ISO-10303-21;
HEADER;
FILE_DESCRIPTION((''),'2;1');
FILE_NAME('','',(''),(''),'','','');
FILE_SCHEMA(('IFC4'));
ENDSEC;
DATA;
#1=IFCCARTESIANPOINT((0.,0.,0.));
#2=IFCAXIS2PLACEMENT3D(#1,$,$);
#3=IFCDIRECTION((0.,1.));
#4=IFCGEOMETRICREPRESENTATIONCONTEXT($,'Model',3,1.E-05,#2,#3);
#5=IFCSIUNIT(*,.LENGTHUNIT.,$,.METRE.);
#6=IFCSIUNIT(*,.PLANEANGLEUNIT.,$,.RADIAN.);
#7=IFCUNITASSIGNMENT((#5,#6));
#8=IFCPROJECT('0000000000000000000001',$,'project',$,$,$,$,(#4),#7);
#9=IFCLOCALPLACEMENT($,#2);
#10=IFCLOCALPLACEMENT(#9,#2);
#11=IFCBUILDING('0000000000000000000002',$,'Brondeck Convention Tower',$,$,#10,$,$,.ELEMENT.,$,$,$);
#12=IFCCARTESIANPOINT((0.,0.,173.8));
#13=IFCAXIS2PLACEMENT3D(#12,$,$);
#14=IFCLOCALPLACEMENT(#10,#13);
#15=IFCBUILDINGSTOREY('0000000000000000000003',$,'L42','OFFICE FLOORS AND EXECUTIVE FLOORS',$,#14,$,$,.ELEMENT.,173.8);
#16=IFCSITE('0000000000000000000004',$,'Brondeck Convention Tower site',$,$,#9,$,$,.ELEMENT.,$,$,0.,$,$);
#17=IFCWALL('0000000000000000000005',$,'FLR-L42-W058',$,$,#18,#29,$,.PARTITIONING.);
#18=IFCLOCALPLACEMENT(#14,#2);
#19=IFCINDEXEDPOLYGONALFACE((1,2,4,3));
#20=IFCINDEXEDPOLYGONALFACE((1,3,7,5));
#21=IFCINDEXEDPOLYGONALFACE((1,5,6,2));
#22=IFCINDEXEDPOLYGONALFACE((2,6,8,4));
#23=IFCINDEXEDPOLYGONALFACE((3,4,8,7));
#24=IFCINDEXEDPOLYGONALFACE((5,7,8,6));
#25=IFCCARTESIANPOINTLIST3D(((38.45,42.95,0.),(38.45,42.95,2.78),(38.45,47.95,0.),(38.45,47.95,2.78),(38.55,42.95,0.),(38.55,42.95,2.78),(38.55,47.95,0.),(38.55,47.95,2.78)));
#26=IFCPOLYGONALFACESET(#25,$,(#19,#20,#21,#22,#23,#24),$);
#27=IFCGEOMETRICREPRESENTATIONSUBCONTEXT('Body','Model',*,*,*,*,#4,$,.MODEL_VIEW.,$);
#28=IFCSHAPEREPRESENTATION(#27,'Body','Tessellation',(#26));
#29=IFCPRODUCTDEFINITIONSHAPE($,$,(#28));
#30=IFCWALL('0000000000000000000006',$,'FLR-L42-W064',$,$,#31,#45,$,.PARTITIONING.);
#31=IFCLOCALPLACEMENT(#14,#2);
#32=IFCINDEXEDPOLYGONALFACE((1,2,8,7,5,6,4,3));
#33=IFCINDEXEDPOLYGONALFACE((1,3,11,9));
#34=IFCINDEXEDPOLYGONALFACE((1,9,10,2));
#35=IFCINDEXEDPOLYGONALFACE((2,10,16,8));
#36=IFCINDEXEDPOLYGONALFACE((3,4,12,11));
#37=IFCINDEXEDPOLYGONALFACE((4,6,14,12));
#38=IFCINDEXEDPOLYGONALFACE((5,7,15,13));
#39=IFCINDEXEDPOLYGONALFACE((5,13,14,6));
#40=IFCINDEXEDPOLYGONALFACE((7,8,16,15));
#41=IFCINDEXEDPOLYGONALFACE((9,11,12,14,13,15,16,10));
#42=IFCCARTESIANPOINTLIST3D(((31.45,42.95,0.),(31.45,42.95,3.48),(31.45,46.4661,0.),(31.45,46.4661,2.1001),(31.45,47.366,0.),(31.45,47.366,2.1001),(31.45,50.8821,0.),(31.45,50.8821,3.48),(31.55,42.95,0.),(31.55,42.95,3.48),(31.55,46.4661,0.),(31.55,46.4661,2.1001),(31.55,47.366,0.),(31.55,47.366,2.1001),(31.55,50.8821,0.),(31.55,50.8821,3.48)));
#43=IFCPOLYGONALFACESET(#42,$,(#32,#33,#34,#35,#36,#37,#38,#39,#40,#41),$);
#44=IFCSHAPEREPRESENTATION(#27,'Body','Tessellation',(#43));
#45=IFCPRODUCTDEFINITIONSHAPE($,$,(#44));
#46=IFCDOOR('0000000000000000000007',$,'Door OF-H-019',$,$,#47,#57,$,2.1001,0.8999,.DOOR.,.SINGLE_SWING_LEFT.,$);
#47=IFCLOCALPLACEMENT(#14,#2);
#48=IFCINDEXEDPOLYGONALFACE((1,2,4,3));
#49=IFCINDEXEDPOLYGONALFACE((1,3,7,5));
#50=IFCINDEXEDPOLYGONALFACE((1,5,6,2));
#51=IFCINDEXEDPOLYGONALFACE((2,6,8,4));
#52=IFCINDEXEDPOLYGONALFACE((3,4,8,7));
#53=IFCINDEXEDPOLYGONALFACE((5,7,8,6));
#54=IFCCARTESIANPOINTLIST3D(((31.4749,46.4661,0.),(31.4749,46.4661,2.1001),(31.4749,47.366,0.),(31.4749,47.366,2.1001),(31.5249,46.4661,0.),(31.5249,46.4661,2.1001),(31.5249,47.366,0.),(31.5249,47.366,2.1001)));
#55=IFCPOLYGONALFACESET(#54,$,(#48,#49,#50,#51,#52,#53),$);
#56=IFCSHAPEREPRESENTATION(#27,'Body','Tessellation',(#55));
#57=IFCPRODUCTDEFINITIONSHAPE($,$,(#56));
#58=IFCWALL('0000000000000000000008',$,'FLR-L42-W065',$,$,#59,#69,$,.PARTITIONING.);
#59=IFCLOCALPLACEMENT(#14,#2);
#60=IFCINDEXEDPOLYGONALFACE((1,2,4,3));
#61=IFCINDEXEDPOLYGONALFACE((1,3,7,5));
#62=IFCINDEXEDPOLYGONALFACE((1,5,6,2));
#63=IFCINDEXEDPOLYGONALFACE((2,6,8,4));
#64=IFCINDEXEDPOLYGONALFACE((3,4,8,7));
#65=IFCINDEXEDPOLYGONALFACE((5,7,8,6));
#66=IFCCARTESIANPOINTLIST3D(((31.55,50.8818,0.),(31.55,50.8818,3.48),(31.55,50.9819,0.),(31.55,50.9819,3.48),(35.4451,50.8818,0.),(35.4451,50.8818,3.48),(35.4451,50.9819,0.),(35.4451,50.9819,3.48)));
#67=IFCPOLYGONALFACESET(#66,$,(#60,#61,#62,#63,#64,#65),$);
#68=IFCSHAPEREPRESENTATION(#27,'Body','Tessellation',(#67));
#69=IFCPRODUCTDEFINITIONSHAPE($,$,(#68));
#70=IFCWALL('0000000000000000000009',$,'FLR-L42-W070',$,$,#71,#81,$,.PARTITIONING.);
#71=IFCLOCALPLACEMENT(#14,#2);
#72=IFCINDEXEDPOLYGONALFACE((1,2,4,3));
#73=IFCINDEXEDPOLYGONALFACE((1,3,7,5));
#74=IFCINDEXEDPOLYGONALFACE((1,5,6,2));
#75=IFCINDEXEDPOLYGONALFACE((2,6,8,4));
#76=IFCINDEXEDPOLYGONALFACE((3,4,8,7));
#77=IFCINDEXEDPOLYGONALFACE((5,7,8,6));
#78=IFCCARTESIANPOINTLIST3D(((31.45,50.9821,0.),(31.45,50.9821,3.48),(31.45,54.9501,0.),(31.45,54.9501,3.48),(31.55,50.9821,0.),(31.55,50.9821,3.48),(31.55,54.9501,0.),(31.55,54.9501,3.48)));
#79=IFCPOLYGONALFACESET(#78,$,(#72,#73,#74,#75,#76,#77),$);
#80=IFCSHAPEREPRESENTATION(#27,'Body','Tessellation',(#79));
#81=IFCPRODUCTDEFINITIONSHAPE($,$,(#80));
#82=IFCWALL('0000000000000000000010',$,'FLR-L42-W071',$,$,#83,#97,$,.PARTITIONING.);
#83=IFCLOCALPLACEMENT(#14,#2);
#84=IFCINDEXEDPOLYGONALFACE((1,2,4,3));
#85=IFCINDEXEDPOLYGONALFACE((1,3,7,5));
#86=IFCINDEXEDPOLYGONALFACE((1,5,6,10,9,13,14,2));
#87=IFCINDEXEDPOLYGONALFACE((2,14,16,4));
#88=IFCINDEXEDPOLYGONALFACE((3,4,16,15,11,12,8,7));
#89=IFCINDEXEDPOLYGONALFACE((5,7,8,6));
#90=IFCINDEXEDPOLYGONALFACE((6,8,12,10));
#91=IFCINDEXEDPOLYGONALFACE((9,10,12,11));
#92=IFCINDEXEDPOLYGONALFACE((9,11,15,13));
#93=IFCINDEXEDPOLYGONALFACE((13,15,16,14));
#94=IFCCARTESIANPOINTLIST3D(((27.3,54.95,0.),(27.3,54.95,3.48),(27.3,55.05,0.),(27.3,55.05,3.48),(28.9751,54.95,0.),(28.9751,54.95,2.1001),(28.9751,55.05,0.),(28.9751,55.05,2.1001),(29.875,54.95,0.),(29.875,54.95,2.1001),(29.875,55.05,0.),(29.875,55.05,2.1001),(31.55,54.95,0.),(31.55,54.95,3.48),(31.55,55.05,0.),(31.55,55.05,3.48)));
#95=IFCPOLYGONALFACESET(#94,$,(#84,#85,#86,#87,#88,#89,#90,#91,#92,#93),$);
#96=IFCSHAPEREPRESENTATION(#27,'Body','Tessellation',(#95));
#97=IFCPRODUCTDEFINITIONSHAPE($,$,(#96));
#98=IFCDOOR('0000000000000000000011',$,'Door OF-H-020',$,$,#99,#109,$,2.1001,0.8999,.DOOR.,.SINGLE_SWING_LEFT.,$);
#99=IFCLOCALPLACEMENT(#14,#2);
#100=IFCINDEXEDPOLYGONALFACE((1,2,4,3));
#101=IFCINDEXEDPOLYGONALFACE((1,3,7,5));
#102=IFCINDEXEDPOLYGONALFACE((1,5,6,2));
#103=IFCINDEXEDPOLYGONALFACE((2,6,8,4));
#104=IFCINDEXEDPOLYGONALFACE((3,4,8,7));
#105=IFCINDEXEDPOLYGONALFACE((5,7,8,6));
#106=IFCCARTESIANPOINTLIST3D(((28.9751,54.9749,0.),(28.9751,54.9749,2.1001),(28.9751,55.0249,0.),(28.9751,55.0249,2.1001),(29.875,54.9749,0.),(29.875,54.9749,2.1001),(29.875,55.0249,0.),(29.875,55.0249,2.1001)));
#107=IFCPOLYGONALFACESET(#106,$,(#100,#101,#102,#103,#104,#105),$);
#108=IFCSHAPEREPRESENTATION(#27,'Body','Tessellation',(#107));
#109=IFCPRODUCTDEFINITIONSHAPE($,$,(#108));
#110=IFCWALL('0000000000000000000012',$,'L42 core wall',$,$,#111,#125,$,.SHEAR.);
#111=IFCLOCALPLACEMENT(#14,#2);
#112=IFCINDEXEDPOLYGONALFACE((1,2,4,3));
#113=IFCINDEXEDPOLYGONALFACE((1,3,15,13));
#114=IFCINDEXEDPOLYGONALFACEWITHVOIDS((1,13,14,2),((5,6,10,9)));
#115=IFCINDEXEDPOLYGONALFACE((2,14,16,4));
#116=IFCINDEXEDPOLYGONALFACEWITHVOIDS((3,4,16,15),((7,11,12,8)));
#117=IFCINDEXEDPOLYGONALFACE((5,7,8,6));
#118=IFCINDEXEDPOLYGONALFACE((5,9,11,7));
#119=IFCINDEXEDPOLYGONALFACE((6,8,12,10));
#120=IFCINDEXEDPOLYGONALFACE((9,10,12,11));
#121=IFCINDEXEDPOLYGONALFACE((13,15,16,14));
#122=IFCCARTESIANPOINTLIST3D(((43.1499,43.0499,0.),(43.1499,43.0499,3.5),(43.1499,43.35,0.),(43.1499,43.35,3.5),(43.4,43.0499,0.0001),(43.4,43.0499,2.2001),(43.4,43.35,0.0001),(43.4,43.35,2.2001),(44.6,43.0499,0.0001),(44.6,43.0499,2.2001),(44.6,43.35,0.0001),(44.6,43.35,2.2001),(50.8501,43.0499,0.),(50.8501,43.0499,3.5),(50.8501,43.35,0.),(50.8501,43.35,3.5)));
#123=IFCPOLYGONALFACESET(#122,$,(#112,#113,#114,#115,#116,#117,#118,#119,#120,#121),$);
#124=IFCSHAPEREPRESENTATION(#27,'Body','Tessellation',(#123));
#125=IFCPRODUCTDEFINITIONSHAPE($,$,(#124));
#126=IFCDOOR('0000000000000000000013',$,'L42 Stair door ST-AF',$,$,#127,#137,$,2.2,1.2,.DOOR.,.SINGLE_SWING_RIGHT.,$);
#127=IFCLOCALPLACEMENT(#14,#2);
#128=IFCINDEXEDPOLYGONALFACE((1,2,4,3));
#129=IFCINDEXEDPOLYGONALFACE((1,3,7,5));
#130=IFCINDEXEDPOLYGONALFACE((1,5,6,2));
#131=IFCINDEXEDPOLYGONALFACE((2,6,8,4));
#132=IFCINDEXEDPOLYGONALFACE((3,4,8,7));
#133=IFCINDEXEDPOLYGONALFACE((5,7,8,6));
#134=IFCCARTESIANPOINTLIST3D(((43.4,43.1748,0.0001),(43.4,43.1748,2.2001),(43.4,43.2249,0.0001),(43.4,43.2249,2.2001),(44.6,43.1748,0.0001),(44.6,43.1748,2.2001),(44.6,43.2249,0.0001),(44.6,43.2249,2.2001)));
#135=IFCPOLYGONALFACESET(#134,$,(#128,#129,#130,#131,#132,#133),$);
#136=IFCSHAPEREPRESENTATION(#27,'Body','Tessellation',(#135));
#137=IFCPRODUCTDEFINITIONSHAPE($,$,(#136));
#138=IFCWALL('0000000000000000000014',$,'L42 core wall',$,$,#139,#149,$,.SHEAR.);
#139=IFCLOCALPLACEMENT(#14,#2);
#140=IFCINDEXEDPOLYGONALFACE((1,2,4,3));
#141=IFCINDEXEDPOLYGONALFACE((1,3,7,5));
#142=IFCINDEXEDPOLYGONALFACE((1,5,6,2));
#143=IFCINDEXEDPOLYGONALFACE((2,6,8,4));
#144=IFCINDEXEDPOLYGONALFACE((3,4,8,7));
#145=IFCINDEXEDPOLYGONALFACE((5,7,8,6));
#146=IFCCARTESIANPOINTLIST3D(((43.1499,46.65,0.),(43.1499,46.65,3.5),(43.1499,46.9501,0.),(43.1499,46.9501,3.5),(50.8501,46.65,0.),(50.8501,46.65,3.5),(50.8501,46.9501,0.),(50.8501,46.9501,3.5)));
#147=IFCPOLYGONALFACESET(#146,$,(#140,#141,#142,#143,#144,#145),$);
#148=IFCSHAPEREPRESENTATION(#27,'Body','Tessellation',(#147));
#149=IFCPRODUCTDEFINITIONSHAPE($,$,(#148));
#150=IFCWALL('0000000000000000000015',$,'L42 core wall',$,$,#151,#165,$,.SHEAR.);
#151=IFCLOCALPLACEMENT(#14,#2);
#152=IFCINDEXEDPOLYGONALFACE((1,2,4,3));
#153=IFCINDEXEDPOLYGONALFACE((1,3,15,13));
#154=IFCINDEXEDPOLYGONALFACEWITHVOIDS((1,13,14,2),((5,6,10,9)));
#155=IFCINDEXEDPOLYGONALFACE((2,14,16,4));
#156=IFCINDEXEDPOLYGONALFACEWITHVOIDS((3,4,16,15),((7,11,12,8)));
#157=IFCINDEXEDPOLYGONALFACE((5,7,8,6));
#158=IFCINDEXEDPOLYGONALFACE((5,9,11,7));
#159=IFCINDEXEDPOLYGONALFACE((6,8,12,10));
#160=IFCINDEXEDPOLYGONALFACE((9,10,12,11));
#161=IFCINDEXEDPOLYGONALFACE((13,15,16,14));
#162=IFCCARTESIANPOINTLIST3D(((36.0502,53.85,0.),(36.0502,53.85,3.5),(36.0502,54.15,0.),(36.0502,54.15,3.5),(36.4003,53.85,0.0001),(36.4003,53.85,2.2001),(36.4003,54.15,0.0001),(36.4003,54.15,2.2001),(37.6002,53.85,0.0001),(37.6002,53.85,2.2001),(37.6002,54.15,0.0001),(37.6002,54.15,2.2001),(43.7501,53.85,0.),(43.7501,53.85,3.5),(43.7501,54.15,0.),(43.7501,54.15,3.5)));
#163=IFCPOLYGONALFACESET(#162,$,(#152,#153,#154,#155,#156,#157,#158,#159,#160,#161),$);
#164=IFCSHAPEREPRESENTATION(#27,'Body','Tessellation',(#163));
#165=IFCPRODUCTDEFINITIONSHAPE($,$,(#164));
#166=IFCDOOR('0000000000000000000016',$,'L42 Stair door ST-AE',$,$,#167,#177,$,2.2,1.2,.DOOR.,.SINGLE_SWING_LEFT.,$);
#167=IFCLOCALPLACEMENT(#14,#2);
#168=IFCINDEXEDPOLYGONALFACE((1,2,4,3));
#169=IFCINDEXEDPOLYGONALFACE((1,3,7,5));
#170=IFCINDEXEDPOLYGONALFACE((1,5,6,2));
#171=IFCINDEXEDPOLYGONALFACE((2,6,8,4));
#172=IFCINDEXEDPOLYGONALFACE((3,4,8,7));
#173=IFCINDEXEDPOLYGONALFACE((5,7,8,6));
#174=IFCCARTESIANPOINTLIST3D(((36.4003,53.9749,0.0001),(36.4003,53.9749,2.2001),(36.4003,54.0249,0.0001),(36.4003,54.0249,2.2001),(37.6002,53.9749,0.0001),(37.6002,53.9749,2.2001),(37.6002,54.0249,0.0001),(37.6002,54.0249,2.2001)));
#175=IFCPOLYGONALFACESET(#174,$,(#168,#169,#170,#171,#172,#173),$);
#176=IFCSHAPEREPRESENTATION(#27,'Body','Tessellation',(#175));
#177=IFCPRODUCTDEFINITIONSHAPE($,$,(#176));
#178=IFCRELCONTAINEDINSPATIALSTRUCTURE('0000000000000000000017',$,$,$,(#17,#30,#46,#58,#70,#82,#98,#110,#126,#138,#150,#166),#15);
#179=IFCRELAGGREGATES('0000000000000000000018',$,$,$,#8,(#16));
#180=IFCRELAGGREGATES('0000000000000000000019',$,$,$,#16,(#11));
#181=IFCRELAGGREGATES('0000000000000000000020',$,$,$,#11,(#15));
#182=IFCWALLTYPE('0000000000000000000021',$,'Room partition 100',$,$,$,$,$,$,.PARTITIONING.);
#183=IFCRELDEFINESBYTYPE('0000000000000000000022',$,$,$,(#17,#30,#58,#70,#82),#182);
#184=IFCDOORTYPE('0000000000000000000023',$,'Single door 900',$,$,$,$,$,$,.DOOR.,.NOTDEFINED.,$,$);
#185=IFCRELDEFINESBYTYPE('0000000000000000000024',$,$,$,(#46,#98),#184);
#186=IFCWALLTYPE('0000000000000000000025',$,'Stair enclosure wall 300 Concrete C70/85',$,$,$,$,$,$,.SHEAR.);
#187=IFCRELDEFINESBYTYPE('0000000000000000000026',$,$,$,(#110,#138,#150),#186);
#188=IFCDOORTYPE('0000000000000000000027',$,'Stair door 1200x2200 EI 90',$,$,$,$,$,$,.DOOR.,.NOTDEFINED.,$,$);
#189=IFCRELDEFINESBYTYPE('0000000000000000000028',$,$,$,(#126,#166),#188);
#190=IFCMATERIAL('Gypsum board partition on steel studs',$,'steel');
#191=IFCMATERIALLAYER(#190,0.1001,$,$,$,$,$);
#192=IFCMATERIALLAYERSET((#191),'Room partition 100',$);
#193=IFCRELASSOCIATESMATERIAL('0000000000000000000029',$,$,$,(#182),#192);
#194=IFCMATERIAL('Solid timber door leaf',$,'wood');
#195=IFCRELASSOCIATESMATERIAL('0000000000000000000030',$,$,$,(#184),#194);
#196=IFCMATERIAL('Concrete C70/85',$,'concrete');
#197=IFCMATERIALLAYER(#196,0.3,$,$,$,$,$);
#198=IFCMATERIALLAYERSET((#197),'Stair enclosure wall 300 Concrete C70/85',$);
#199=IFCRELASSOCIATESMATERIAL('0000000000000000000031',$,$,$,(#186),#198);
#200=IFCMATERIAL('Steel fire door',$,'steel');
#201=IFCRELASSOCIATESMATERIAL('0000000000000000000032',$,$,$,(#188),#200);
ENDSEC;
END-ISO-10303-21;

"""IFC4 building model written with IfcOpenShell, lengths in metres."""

from ifc_helpers import new_model, si_unit, direction, frame, frame_2d, origin, place, context, subcontext, project, spatial, rectangle, extrude, material, layer, layer_set, type_object, element, fill, save


model = new_model("IFC4")

# Units and contexts
model_context = context("Model", 3, precision=1e-05, world=origin(), true_north=direction((0.0, 1.0)))
body_context = subcontext(model_context, "Body", "Model", "MODEL_VIEW")
ifc_project = project(units=[si_unit("LENGTHUNIT", "METRE"), si_unit("PLANEANGLEUNIT", "RADIAN")], contexts=[model_context])

# Site, building, storey
site_placement = place(None, origin())
site = spatial("IfcSite", under=ifc_project, at=site_placement, Name="Brondeck Convention Tower site", CompositionType="ELEMENT", RefElevation=0.0)
building_placement = place(site_placement, origin())
building = spatial("IfcBuilding", under=site, at=building_placement, Name="Brondeck Convention Tower", CompositionType="ELEMENT")
storey_placement = place(building_placement, frame((0.0, 0.0, 173.8)))
storey = spatial("IfcBuildingStorey", under=building, at=storey_placement, Name="L42", Description="OFFICE FLOORS AND EXECUTIVE FLOORS", CompositionType="ELEMENT", Elevation=173.8)

# Shared definitions
ifc_material_1 = material(Name="Concrete C70/85", Category="concrete")

# Wall
ifc_material_2 = material(Name="Gypsum board partition on steel studs", Category="steel")
ifc_layer_1 = layer(ifc_material_2, 0.1001)
ifc_layer_set_1 = layer_set([ifc_layer_1], Name="Room partition 100")
wall_type_1 = type_object("IfcWallType", Name="Room partition 100", PredefinedType="PARTITIONING", material=ifc_layer_set_1)
wall_1_placement = place(storey_placement, frame((38.5, 47.95, 0.0), z_axis=(0.0, 0.0, 1.0), x_axis=(0.0, -1.0, 0.0)))
element("IfcWall", 1, at=wall_1_placement, inside=storey, type_object=wall_type_1, Name="FLR-L42-W058", PredefinedType="PARTITIONING", context=body_context, shape_type="SweptSolid", body=[
    extrude(rectangle(XDim=5.0, YDim=0.1001, at=frame_2d((2.5, 0.0))), origin(), (0.0, 0.0, 1.0), 2.78),
])

# Wall, opening, door
wall_2_placement = place(storey_placement, frame((31.5, 50.8821, 0.0), z_axis=(0.0, 0.0, 1.0), x_axis=(0.0, -1.0, 0.0)))
wall_2 = element("IfcWall", 2, at=wall_2_placement, inside=storey, type_object=wall_type_1, Name="FLR-L42-W064", PredefinedType="PARTITIONING", context=body_context, shape_type="SweptSolid", body=[
    extrude(rectangle(XDim=7.9321, YDim=0.1001, at=frame_2d((3.9661, 0.0))), origin(), (0.0, 0.0, 1.0), 3.48),
])
opening_1_placement = place(wall_2_placement, frame((3.5161, 0.0, 0.0)))
opening_1 = element("IfcOpeningElement", 3, at=opening_1_placement, cuts=wall_2, PredefinedType="OPENING", context=body_context, shape_type="SweptSolid", body=[
    extrude(rectangle(XDim=0.8999, YDim=2.1001, at=frame_2d((0.45, 1.05))), frame((0.0, 0.0601, 0.0), z_axis=(0.0, -1.0, 0.0), x_axis=(1.0, 0.0, 0.0)), (0.0, 0.0, 1.0), 0.1201),
])
ifc_material_3 = material(Name="Solid timber door leaf", Category="wood")
door_type_1 = type_object("IfcDoorType", Name="Single door 900", OperationType="NOTDEFINED", PredefinedType="DOOR", material=ifc_material_3)
door_1_placement = place(opening_1_placement, origin())
door_1 = element("IfcDoor", 4, at=door_1_placement, inside=storey, type_object=door_type_1, Name="Door OF-H-019", OperationType="SINGLE_SWING_LEFT", OverallHeight=2.1001, OverallWidth=0.8999, PredefinedType="DOOR", context=body_context, shape_type="SweptSolid", body=[
    extrude(rectangle(XDim=0.8999, YDim=2.1001, at=frame_2d((0.45, 1.05))), frame((0.0, 0.0249, 0.0), z_axis=(0.0, -1.0, 0.0), x_axis=(1.0, 0.0, 0.0)), (0.0, 0.0, 1.0), 0.05),
])
fill(opening_1, door_1)

# Walls
wall_3_placement = place(storey_placement, frame((31.55, 50.9319, 0.0), z_axis=(0.0, 0.0, 1.0), x_axis=(1.0, 0.0, 0.0)))
element("IfcWall", 5, at=wall_3_placement, inside=storey, type_object=wall_type_1, Name="FLR-L42-W065", PredefinedType="PARTITIONING", context=body_context, shape_type="SweptSolid", body=[
    extrude(rectangle(XDim=3.895, YDim=0.1001, at=frame_2d((1.9475, 0.0))), origin(), (0.0, 0.0, 1.0), 3.48),
])
wall_4_placement = place(storey_placement, frame((31.5, 54.95, 0.0), z_axis=(0.0, 0.0, 1.0), x_axis=(0.0, -1.0, 0.0)))
element("IfcWall", 6, at=wall_4_placement, inside=storey, type_object=wall_type_1, Name="FLR-L42-W070", PredefinedType="PARTITIONING", context=body_context, shape_type="SweptSolid", body=[
    extrude(rectangle(XDim=3.968, YDim=0.1001, at=frame_2d((1.9839, 0.0))), origin(), (0.0, 0.0, 1.0), 3.48),
])

# Walls, openings, doors
wall_5_placement = place(storey_placement, frame((27.3, 55.0, 0.0), z_axis=(0.0, 0.0, 1.0), x_axis=(1.0, 0.0, 0.0)))
wall_5 = element("IfcWall", 7, at=wall_5_placement, inside=storey, type_object=wall_type_1, Name="FLR-L42-W071", PredefinedType="PARTITIONING", context=body_context, shape_type="SweptSolid", body=[
    extrude(rectangle(XDim=4.25, YDim=0.1001, at=frame_2d((2.125, 0.0))), origin(), (0.0, 0.0, 1.0), 3.48),
])
opening_2_placement = place(wall_5_placement, frame((1.675, 0.0, 0.0)))
opening_2 = element("IfcOpeningElement", 8, at=opening_2_placement, cuts=wall_5, PredefinedType="OPENING", context=body_context, shape_type="SweptSolid", body=[
    extrude(rectangle(XDim=0.8999, YDim=2.1001, at=frame_2d((0.45, 1.05))), frame((0.0, 0.0601, 0.0), z_axis=(0.0, -1.0, 0.0), x_axis=(1.0, 0.0, 0.0)), (0.0, 0.0, 1.0), 0.1201),
])
door_2_placement = place(opening_2_placement, origin())
door_2 = element("IfcDoor", 9, at=door_2_placement, inside=storey, type_object=door_type_1, Name="Door OF-H-020", OperationType="SINGLE_SWING_LEFT", OverallHeight=2.1001, OverallWidth=0.8999, PredefinedType="DOOR", context=body_context, shape_type="SweptSolid", body=[
    extrude(rectangle(XDim=0.8999, YDim=2.1001, at=frame_2d((0.45, 1.05))), frame((0.0, 0.0249, 0.0), z_axis=(0.0, -1.0, 0.0), x_axis=(1.0, 0.0, 0.0)), (0.0, 0.0, 1.0), 0.05),
])
fill(opening_2, door_2)
ifc_layer_2 = layer(ifc_material_1, 0.3)
ifc_layer_set_2 = layer_set([ifc_layer_2], Name="Stair enclosure wall 300 Concrete C70/85")
wall_type_2 = type_object("IfcWallType", Name="Stair enclosure wall 300 Concrete C70/85", PredefinedType="SHEAR", material=ifc_layer_set_2)
wall_6_placement = place(storey_placement, frame((43.1499, 43.2, 0.0), z_axis=(0.0, 0.0, 1.0), x_axis=(1.0, 0.0, 0.0)))
wall_6 = element("IfcWall", 10, at=wall_6_placement, inside=storey, type_object=wall_type_2, Name="L42 core wall", PredefinedType="SHEAR", context=body_context, shape_type="SweptSolid", body=[
    extrude(rectangle(XDim=7.7002, YDim=0.3, at=frame_2d((3.8501, 0.0))), origin(), (0.0, 0.0, 1.0), 3.5),
])
opening_3_placement = place(wall_6_placement, frame((0.25, 0.0, 0.0)))
opening_3 = element("IfcOpeningElement", 11, at=opening_3_placement, cuts=wall_6, PredefinedType="OPENING", context=body_context, shape_type="SweptSolid", body=[
    extrude(rectangle(XDim=1.2, YDim=2.2, at=frame_2d((0.6001, 1.1001))), frame((0.0, 0.1599, 0.0), z_axis=(0.0, -1.0, 0.0), x_axis=(1.0, 0.0, 0.0)), (0.0, 0.0, 1.0), 0.3201),
])
ifc_material_4 = material(Name="Steel fire door", Category="steel")
door_type_2 = type_object("IfcDoorType", Name="Stair door 1200x2200 EI 90", OperationType="NOTDEFINED", PredefinedType="DOOR", material=ifc_material_4)
door_3_placement = place(opening_3_placement, origin())
door_3 = element("IfcDoor", 12, at=door_3_placement, inside=storey, type_object=door_type_2, Name="L42 Stair door ST-AF", OperationType="SINGLE_SWING_RIGHT", OverallHeight=2.2, OverallWidth=1.2, PredefinedType="DOOR", context=body_context, shape_type="SweptSolid", body=[
    extrude(rectangle(XDim=1.2, YDim=2.2, at=frame_2d((0.6001, 1.1001))), frame((0.0, 0.0249, 0.0), z_axis=(0.0, -1.0, 0.0), x_axis=(1.0, 0.0, 0.0)), (0.0, 0.0, 1.0), 0.05),
])
fill(opening_3, door_3)

# Wall
wall_7_placement = place(storey_placement, frame((43.1499, 46.8, 0.0), z_axis=(0.0, 0.0, 1.0), x_axis=(1.0, 0.0, 0.0)))
element("IfcWall", 13, at=wall_7_placement, inside=storey, type_object=wall_type_2, Name="L42 core wall", PredefinedType="SHEAR", context=body_context, shape_type="SweptSolid", body=[
    extrude(rectangle(XDim=7.7002, YDim=0.3, at=frame_2d((3.8501, 0.0))), origin(), (0.0, 0.0, 1.0), 3.5),
])

# Wall, opening, door
wall_8_placement = place(storey_placement, frame((36.05, 54.0, 0.0), z_axis=(0.0, 0.0, 1.0), x_axis=(1.0, 0.0, 0.0)))
wall_8 = element("IfcWall", 14, at=wall_8_placement, inside=storey, type_object=wall_type_2, Name="L42 core wall", PredefinedType="SHEAR", context=body_context, shape_type="SweptSolid", body=[
    extrude(rectangle(XDim=7.7, YDim=0.3, at=frame_2d((3.8501, 0.0))), origin(), (0.0, 0.0, 1.0), 3.5),
])
opening_4_placement = place(wall_8_placement, frame((0.3501, 0.0, 0.0)))
opening_4 = element("IfcOpeningElement", 15, at=opening_4_placement, cuts=wall_8, PredefinedType="OPENING", context=body_context, shape_type="SweptSolid", body=[
    extrude(rectangle(XDim=1.2, YDim=2.2, at=frame_2d((0.6001, 1.1001))), frame((0.0, 0.1599, 0.0), z_axis=(0.0, -1.0, 0.0), x_axis=(1.0, 0.0, 0.0)), (0.0, 0.0, 1.0), 0.3201),
])
door_4_placement = place(opening_4_placement, origin())
door_4 = element("IfcDoor", 16, at=door_4_placement, inside=storey, type_object=door_type_2, Name="L42 Stair door ST-AE", OperationType="SINGLE_SWING_LEFT", OverallHeight=2.2, OverallWidth=1.2, PredefinedType="DOOR", context=body_context, shape_type="SweptSolid", body=[
    extrude(rectangle(XDim=1.2, YDim=2.2, at=frame_2d((0.6001, 1.1001))), frame((0.0, 0.0249, 0.0), z_axis=(0.0, -1.0, 0.0), x_axis=(1.0, 0.0, 0.0)), (0.0, 0.0, 1.0), 0.05),
])
fill(opening_4, door_4)

save(model, "model.ifc")
